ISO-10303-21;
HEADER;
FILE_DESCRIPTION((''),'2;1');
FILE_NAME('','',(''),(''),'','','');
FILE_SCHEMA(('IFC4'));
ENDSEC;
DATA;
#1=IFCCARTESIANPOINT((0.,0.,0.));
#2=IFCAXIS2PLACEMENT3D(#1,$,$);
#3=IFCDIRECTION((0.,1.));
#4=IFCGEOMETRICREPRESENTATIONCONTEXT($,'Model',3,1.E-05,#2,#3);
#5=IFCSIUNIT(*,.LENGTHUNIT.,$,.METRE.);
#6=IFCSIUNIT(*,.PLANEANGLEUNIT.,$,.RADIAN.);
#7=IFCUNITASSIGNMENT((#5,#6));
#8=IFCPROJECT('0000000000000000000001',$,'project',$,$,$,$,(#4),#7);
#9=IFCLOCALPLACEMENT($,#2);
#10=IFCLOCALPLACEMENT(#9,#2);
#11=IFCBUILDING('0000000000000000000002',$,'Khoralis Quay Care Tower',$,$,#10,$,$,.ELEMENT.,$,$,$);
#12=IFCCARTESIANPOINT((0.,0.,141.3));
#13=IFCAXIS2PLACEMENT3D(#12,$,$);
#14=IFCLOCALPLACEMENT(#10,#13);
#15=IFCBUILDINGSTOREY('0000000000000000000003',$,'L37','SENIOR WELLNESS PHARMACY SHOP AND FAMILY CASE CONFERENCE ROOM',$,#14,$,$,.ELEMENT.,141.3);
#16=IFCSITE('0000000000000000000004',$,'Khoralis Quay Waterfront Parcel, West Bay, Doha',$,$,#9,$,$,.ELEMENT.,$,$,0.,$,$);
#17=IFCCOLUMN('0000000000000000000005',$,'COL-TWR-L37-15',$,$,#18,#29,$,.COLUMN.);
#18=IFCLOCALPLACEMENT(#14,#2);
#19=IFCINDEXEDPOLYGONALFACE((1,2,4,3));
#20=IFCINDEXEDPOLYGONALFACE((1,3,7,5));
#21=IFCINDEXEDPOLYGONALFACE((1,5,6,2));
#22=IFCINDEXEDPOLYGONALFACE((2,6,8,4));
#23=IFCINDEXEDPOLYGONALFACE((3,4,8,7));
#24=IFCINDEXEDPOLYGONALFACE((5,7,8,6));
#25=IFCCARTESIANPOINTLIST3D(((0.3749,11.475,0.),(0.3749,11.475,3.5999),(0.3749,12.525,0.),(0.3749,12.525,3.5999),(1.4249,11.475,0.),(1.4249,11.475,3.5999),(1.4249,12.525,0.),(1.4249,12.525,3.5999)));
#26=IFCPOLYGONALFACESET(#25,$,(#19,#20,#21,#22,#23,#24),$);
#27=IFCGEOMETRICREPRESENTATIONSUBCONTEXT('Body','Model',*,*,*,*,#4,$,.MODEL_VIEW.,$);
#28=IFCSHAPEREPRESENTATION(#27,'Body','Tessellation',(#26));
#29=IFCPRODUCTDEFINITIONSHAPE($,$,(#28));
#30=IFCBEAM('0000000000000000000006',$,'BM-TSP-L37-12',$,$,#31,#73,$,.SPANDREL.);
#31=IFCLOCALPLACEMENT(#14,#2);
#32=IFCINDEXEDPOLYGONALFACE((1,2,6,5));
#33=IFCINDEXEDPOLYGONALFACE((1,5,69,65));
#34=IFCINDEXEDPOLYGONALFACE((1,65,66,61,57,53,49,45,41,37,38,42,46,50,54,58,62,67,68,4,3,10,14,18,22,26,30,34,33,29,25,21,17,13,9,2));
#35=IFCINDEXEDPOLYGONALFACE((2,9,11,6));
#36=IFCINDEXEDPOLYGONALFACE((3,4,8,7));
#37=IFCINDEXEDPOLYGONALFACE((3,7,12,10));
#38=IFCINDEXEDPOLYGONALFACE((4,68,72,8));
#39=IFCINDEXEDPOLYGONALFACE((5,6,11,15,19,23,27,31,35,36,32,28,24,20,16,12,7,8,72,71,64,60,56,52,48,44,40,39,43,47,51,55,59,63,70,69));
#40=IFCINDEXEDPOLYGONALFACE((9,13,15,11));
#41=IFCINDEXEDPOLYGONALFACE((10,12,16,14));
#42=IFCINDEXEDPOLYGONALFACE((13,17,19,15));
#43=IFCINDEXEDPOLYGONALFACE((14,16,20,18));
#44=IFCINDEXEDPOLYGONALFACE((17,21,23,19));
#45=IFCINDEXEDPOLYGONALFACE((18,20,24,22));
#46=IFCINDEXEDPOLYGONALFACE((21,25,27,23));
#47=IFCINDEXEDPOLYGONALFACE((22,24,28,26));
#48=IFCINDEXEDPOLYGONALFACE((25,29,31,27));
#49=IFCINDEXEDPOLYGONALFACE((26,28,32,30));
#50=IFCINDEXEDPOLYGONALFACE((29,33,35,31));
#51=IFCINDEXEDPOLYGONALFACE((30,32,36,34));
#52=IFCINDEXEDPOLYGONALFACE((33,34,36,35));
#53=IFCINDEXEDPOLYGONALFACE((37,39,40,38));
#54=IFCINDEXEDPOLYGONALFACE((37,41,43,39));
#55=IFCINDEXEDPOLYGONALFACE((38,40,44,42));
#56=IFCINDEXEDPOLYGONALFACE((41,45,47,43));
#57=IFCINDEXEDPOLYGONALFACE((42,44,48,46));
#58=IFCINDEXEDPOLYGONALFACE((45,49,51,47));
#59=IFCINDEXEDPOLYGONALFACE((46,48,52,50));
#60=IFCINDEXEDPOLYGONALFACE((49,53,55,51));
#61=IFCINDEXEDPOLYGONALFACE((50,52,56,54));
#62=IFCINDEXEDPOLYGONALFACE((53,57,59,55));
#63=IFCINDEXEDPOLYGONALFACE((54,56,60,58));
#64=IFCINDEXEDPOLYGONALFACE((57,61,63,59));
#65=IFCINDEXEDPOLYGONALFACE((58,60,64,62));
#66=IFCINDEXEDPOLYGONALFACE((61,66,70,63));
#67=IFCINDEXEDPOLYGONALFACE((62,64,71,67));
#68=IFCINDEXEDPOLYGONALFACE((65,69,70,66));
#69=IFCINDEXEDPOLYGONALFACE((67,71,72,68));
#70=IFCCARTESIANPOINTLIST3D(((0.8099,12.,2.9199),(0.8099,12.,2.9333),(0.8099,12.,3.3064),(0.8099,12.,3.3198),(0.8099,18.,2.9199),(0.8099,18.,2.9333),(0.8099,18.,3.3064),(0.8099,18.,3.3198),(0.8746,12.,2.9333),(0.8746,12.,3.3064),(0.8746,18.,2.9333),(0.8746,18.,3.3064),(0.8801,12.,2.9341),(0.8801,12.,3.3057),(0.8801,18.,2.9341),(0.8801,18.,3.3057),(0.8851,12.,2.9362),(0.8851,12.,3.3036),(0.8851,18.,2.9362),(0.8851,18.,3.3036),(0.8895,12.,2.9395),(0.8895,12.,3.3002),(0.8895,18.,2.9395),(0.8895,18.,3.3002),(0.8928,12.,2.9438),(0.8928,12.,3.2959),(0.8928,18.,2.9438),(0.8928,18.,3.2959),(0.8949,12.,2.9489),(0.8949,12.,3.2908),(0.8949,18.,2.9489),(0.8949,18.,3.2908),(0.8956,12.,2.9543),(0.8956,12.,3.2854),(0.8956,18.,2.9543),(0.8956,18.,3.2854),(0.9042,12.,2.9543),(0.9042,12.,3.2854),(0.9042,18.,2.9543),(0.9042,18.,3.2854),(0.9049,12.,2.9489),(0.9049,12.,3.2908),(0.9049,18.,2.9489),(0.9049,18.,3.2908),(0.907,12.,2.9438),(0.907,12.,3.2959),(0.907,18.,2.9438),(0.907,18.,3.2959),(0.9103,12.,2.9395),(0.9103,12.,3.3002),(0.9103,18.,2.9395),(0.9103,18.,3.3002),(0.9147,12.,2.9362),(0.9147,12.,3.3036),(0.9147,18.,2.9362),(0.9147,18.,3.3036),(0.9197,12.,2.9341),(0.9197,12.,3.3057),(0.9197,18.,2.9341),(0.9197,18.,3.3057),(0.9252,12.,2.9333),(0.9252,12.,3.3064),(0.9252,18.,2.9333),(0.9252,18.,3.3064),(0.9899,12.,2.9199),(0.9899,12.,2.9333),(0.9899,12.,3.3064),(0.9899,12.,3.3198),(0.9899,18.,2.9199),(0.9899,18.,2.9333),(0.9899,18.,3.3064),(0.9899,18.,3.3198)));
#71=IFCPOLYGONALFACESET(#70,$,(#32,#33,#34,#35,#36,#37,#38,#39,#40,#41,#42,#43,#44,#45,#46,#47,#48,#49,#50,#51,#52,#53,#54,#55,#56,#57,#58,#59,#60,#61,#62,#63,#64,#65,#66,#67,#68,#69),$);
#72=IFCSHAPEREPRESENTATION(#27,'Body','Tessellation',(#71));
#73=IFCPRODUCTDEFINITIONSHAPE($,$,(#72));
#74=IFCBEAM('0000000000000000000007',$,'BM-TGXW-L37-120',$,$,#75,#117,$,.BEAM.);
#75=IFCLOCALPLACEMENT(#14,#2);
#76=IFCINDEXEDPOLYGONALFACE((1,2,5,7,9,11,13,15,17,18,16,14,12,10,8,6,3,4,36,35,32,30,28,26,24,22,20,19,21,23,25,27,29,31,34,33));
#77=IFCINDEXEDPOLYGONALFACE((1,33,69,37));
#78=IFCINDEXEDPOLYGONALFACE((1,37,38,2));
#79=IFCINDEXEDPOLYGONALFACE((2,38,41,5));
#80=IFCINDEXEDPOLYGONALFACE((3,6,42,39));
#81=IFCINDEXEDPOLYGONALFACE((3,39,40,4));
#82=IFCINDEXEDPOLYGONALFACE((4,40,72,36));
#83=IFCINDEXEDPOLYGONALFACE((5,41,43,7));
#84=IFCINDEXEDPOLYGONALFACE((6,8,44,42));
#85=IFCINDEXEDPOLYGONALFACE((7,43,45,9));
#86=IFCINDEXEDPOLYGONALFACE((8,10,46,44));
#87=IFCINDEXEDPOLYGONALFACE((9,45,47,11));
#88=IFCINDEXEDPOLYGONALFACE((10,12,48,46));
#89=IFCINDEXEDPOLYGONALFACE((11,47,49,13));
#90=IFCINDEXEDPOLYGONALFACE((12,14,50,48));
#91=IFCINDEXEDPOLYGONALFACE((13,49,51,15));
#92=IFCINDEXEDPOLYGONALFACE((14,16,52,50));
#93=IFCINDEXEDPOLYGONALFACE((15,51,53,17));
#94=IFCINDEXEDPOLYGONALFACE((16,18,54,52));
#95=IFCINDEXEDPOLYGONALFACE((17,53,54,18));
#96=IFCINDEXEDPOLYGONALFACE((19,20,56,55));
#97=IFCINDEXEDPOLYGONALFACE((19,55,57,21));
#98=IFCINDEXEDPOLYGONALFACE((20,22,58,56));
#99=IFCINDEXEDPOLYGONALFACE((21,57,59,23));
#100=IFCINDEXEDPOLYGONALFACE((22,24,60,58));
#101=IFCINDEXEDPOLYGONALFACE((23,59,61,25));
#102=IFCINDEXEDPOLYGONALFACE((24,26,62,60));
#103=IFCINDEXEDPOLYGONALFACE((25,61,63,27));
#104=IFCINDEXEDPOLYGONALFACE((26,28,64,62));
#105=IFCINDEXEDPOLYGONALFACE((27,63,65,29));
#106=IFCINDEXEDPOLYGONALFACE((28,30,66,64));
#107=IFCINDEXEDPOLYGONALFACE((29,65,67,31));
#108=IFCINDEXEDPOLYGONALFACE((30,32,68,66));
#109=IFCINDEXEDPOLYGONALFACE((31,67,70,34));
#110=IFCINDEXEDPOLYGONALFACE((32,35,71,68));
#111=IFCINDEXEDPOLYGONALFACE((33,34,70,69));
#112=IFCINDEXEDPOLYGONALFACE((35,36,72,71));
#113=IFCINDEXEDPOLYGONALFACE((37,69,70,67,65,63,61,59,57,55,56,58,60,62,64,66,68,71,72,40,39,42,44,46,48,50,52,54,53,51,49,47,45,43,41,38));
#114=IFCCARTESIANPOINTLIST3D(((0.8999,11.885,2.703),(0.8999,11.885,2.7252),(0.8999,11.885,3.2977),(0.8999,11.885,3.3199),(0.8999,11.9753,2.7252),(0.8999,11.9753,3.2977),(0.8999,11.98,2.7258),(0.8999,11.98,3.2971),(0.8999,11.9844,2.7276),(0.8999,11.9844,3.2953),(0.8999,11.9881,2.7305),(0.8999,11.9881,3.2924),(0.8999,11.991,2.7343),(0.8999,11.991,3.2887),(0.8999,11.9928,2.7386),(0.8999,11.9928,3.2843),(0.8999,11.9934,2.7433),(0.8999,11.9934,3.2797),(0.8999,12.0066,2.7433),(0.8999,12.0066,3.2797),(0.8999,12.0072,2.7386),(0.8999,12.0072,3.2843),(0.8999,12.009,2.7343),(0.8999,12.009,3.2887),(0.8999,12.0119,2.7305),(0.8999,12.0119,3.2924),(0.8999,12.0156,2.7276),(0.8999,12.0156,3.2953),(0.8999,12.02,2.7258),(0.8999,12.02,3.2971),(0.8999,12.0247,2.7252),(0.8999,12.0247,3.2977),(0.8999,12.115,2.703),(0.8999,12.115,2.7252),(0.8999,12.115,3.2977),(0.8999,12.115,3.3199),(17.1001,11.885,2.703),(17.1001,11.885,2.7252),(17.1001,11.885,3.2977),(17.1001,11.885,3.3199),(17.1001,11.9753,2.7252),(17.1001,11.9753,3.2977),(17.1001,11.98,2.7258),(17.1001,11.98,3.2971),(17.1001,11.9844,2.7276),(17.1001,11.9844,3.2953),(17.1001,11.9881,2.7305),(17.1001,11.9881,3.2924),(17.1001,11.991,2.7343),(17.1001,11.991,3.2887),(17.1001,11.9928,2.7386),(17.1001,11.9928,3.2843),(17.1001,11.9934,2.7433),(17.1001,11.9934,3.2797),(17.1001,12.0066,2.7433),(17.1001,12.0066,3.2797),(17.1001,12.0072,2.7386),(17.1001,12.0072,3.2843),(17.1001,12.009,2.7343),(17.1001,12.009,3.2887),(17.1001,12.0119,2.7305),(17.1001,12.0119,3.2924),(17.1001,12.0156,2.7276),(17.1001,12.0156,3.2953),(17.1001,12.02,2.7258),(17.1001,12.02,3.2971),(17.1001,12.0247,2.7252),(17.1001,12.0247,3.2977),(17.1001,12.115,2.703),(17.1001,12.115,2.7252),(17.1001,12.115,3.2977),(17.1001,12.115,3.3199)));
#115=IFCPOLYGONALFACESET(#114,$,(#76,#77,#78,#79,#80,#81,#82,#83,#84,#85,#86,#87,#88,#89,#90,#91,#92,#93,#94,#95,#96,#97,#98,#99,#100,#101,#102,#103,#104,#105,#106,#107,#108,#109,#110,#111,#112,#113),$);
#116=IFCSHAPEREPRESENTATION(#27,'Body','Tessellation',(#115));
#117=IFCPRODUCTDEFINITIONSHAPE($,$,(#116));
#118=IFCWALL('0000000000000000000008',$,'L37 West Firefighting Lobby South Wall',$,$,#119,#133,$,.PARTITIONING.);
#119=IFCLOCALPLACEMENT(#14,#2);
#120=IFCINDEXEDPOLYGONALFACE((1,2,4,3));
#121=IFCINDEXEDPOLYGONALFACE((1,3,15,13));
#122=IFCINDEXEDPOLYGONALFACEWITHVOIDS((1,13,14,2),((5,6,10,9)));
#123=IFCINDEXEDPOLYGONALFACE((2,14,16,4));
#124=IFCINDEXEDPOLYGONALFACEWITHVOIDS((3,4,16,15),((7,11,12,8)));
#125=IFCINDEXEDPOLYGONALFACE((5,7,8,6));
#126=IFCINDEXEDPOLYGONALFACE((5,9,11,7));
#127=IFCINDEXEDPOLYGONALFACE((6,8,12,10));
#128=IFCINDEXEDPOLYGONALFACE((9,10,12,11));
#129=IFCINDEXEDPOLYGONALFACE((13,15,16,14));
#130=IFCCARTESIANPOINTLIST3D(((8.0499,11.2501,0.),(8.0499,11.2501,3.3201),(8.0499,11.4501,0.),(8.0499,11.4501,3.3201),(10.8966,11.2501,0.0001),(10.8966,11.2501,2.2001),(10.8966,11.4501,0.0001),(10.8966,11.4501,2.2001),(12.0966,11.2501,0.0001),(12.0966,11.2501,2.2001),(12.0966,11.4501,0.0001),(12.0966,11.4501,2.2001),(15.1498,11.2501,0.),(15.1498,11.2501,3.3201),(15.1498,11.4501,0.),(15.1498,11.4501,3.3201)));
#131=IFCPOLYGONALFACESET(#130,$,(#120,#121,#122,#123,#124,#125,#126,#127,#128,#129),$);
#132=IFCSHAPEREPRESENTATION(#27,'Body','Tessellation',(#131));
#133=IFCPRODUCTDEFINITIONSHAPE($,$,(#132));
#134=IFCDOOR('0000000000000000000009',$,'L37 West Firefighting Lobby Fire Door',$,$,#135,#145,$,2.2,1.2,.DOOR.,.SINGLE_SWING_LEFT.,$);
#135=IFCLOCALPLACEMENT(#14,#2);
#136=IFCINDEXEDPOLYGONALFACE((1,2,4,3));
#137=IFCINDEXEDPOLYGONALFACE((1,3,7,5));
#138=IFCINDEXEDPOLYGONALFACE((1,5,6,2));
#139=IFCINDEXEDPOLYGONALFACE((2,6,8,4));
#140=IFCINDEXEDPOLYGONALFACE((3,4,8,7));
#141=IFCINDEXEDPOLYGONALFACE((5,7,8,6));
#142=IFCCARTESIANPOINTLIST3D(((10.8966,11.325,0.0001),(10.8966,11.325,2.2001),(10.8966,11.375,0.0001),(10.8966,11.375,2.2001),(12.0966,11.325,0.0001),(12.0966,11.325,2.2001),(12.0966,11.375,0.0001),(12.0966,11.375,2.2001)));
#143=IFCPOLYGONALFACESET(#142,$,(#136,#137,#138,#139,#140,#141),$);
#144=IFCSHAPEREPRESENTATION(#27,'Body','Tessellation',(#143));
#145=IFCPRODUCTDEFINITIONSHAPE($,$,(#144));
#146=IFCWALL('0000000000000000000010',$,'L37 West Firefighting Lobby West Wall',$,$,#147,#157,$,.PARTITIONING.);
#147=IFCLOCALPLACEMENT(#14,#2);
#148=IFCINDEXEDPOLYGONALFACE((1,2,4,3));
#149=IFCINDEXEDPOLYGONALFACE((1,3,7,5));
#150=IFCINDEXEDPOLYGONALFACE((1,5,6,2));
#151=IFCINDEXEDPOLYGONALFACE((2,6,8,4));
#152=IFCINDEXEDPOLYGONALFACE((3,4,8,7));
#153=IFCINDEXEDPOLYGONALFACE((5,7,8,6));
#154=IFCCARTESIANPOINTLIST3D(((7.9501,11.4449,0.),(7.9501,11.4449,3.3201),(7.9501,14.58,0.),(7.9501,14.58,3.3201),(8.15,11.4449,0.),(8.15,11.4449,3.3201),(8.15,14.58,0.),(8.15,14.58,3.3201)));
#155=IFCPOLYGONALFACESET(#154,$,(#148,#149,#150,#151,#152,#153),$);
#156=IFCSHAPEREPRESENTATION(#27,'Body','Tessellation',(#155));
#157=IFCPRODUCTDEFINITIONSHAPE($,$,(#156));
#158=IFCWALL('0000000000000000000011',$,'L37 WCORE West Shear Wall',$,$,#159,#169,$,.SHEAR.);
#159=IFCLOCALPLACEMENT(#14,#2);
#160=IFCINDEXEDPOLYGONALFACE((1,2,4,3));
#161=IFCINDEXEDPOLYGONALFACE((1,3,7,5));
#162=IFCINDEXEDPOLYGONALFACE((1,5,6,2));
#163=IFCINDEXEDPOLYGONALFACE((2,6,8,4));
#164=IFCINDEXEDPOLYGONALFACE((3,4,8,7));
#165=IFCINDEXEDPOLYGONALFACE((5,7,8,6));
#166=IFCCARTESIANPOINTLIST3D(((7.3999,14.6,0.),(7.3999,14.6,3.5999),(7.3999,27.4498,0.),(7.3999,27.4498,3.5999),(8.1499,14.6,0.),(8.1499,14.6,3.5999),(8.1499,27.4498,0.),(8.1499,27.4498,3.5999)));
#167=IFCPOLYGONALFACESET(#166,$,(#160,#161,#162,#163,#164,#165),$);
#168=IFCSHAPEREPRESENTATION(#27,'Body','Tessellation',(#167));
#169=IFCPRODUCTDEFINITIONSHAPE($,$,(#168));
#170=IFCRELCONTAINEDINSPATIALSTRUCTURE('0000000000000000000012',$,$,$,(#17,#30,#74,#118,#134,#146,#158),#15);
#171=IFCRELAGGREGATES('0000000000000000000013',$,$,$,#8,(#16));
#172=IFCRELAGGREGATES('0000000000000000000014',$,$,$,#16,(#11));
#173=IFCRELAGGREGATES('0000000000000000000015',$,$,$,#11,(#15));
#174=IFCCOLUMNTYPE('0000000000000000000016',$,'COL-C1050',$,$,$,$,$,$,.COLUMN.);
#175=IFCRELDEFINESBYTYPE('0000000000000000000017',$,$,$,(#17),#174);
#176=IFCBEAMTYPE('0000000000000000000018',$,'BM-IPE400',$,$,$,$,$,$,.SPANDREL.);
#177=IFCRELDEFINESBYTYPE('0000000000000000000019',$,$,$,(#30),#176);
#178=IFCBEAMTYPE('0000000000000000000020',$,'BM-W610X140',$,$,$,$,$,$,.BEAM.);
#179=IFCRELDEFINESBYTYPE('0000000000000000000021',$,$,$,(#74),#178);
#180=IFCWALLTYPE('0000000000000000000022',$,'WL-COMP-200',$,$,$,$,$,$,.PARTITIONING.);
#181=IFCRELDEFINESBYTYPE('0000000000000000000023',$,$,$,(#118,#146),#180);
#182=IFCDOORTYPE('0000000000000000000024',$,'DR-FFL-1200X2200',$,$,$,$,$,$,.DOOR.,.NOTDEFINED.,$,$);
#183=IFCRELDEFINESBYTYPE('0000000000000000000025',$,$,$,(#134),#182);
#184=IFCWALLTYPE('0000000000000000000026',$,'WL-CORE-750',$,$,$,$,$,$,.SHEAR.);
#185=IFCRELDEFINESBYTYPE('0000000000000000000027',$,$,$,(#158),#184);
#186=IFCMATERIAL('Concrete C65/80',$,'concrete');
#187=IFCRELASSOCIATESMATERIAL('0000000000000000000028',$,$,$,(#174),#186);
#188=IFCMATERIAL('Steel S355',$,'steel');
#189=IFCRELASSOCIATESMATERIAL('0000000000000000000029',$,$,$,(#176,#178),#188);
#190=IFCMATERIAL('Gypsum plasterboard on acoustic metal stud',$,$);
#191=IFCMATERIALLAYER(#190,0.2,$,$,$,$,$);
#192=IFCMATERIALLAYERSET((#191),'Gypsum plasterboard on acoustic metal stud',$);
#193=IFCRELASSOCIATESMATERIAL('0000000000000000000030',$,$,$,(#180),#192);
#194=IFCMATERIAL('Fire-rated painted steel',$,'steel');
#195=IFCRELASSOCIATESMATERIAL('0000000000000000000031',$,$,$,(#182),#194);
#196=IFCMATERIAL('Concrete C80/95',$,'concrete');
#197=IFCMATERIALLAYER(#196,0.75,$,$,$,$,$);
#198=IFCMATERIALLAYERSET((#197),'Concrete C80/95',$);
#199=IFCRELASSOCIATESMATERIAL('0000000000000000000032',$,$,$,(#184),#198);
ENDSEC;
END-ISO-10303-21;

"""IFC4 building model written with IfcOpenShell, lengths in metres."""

from ifc_helpers import new_model, si_unit, direction, frame, frame_2d, origin, origin_2d, place, context, subcontext, project, spatial, rectangle, i_section, extrude, source, transform, mapped, material, layer, layer_set, material_profile, profile_set, type_object, element, fill, save


model = new_model("IFC4")

# Units and contexts
model_context = context("Model", 3, precision=1e-05, world=origin(), true_north=direction((0.0, 1.0)))
body_context = subcontext(model_context, "Body", "Model", "MODEL_VIEW")
ifc_project = project(units=[si_unit("LENGTHUNIT", "METRE"), si_unit("PLANEANGLEUNIT", "RADIAN")], contexts=[model_context])

# Site, building, storey
site_placement = place(None, origin())
site = spatial("IfcSite", under=ifc_project, at=site_placement, Name="Khoralis Quay Waterfront Parcel, West Bay, Doha", CompositionType="ELEMENT", RefElevation=0.0)
building_placement = place(site_placement, origin())
building = spatial("IfcBuilding", under=site, at=building_placement, Name="Khoralis Quay Care Tower", CompositionType="ELEMENT")
storey_placement = place(building_placement, frame((0.0, 0.0, 141.3)))
storey = spatial("IfcBuildingStorey", under=building, at=storey_placement, Name="L37", Description="SENIOR WELLNESS PHARMACY SHOP AND FAMILY CASE CONFERENCE ROOM", CompositionType="ELEMENT", Elevation=141.3)

# Column
ifc_material_1 = material(Name="Concrete C65/80", Category="concrete")
ifc_material_profile_1 = material_profile(ifc_material_1, rectangle(XDim=1.05, YDim=1.05, at=origin_2d()), Name="Concrete C65/80")
ifc_profile_set_1 = profile_set([ifc_material_profile_1], Name="Concrete C65/80")
column_type = type_object("IfcColumnType", Name="COL-C1050", PredefinedType="COLUMN", material=ifc_profile_set_1)
shared_shape_1 = source(origin(), body_context, "Body", "SweptSolid", [
    extrude(rectangle(XDim=1.05, YDim=1.05, at=origin_2d()), origin(), (0.0, 0.0, 1.0), 3.5999),
])
column_placement = place(storey_placement, frame((0.8999, 12.0, 0.0), z_axis=(0.0, 0.0, 1.0), x_axis=(1.0, 0.0, 0.0)))
element("IfcColumn", 1, at=column_placement, inside=storey, type_object=column_type, Name="COL-TWR-L37-15", PredefinedType="COLUMN", context=body_context, shape_type="MappedRepresentation", body=[
    mapped(shared_shape_1, transform((0.0, 0.0, 0.0), scale=1.0)),
])

# Beams
ifc_material_2 = material(Name="Steel S355", Category="steel")
ifc_material_profile_2 = material_profile(ifc_material_2, i_section(OverallWidth=0.1799, OverallDepth=0.3999, WebThickness=0.0085, FlangeThickness=0.0134, FilletRadius=0.021, at=origin_2d()), Name="Steel S355")
ifc_profile_set_2 = profile_set([ifc_material_profile_2], Name="Steel S355")
beam_type_1 = type_object("IfcBeamType", Name="BM-IPE400", PredefinedType="SPANDREL", material=ifc_profile_set_2)
shared_shape_2 = source(origin(), body_context, "Body", "SweptSolid", [
    extrude(i_section(OverallWidth=0.1799, OverallDepth=0.3999, WebThickness=0.0085, FlangeThickness=0.0134, FilletRadius=0.021, at=origin_2d()), origin(), (0.0, 0.0, 1.0), 6.0),
])
beam_1_placement = place(storey_placement, frame((0.8999, 12.0, 3.1199), z_axis=(0.0, 1.0, 0.0), x_axis=(-1.0, 0.0, 0.0)))
element("IfcBeam", 2, at=beam_1_placement, inside=storey, type_object=beam_type_1, Name="BM-TSP-L37-12", PredefinedType="SPANDREL", context=body_context, shape_type="MappedRepresentation", body=[
    mapped(shared_shape_2, transform((0.0, 0.0, 0.0), scale=1.0)),
])
ifc_material_profile_3 = material_profile(ifc_material_2, i_section(OverallWidth=0.23, OverallDepth=0.6169, WebThickness=0.0132, FlangeThickness=0.0222, FilletRadius=0.0181, at=origin_2d()), Name="Steel S355")
ifc_profile_set_3 = profile_set([ifc_material_profile_3], Name="Steel S355")
beam_type_2 = type_object("IfcBeamType", Name="BM-W610X140", PredefinedType="BEAM", material=ifc_profile_set_3)
shared_shape_3 = source(origin(), body_context, "Body", "SweptSolid", [
    extrude(i_section(OverallWidth=0.23, OverallDepth=0.6169, WebThickness=0.0132, FlangeThickness=0.0222, FilletRadius=0.0181, at=origin_2d()), origin(), (0.0, 0.0, 1.0), 16.2002),
])
beam_2_placement = place(storey_placement, frame((0.8999, 12.0, 3.0115), z_axis=(1.0, 0.0, 0.0), x_axis=(0.0, 1.0, 0.0)))
element("IfcBeam", 3, at=beam_2_placement, inside=storey, type_object=beam_type_2, Name="BM-TGXW-L37-120", PredefinedType="BEAM", context=body_context, shape_type="MappedRepresentation", body=[
    mapped(shared_shape_3, transform((0.0, 0.0, 0.0), scale=1.0)),
])

# Wall, opening, door
ifc_material_3 = material(Name="Gypsum plasterboard on acoustic metal stud")
ifc_layer_1 = layer(ifc_material_3, 0.2)
ifc_layer_set_1 = layer_set([ifc_layer_1], Name="Gypsum plasterboard on acoustic metal stud")
wall_type_1 = type_object("IfcWallType", Name="WL-COMP-200", PredefinedType="PARTITIONING", material=ifc_layer_set_1)
wall_1_placement = place(storey_placement, frame((8.05, 11.3501, 0.0), z_axis=(0.0, 0.0, 1.0), x_axis=(1.0, 0.0, 0.0)))
wall_1 = element("IfcWall", 4, at=wall_1_placement, inside=storey, type_object=wall_type_1, Name="L37 West Firefighting Lobby South Wall", PredefinedType="PARTITIONING", context=body_context, shape_type="SweptSolid", body=[
    extrude(rectangle(XDim=7.0999, YDim=0.2, at=frame_2d((3.5498, 0.0))), origin(), (0.0, 0.0, 1.0), 3.3201),
])
opening_1_placement = place(wall_1_placement, frame((2.8464, 0.0, 0.0)))
opening_1 = element("IfcOpeningElement", 5, at=opening_1_placement, cuts=wall_1, PredefinedType="OPENING", context=body_context, shape_type="SweptSolid", body=[
    extrude(rectangle(XDim=1.2, YDim=2.2, at=frame_2d((0.6001, 1.1001))), frame((0.0, 0.1099, 0.0), z_axis=(0.0, -1.0, 0.0), x_axis=(1.0, 0.0, 0.0)), (0.0, 0.0, 1.0), 0.22),
])
ifc_material_4 = material(Name="Fire-rated painted steel", Category="steel")
door_type_1 = type_object("IfcDoorType", Name="DR-FFL-1200X2200", OperationType="NOTDEFINED", PredefinedType="DOOR", material=ifc_material_4)
shared_shape_4 = source(origin(), body_context, "Body", "SweptSolid", [
    extrude(rectangle(XDim=1.2, YDim=2.2, at=frame_2d((0.6001, 1.1001))), frame((0.0, 0.0249, 0.0), z_axis=(0.0, -1.0, 0.0), x_axis=(1.0, 0.0, 0.0)), (0.0, 0.0, 1.0), 0.05),
])
door_1_placement = place(opening_1_placement, origin())
door_1 = element("IfcDoor", 6, at=door_1_placement, inside=storey, type_object=door_type_1, Name="L37 West Firefighting Lobby Fire Door", OperationType="SINGLE_SWING_LEFT", OverallHeight=2.2, OverallWidth=1.2, PredefinedType="DOOR", context=body_context, shape_type="MappedRepresentation", body=[
    mapped(shared_shape_4, transform((0.0, 0.0, 0.0), scale=1.0)),
])
fill(opening_1, door_1)

# Walls
wall_2_placement = place(storey_placement, frame((8.05, 11.4451, 0.0), z_axis=(0.0, 0.0, 1.0), x_axis=(0.0, 1.0, 0.0)))
element("IfcWall", 7, at=wall_2_placement, inside=storey, type_object=wall_type_1, Name="L37 West Firefighting Lobby West Wall", PredefinedType="PARTITIONING", context=body_context, shape_type="SweptSolid", body=[
    extrude(rectangle(XDim=3.135, YDim=0.2, at=frame_2d((1.5674, 0.0))), origin(), (0.0, 0.0, 1.0), 3.3201),
])
ifc_material_5 = material(Name="Concrete C80/95", Category="concrete")
ifc_layer_2 = layer(ifc_material_5, 0.75)
ifc_layer_set_2 = layer_set([ifc_layer_2], Name="Concrete C80/95")
wall_type_2 = type_object("IfcWallType", Name="WL-CORE-750", PredefinedType="SHEAR", material=ifc_layer_set_2)
wall_3_placement = place(storey_placement, frame((7.7749, 14.6001, 0.0), z_axis=(0.0, 0.0, 1.0), x_axis=(0.0, 1.0, 0.0)))
element("IfcWall", 8, at=wall_3_placement, inside=storey, type_object=wall_type_2, Name="L37 WCORE West Shear Wall", PredefinedType="SHEAR", context=body_context, shape_type="SweptSolid", body=[
    extrude(rectangle(XDim=12.8499, YDim=0.75, at=frame_2d((6.4248, 0.0))), origin(), (0.0, 0.0, 1.0), 3.5999),
])

save(model, "model.ifc")
